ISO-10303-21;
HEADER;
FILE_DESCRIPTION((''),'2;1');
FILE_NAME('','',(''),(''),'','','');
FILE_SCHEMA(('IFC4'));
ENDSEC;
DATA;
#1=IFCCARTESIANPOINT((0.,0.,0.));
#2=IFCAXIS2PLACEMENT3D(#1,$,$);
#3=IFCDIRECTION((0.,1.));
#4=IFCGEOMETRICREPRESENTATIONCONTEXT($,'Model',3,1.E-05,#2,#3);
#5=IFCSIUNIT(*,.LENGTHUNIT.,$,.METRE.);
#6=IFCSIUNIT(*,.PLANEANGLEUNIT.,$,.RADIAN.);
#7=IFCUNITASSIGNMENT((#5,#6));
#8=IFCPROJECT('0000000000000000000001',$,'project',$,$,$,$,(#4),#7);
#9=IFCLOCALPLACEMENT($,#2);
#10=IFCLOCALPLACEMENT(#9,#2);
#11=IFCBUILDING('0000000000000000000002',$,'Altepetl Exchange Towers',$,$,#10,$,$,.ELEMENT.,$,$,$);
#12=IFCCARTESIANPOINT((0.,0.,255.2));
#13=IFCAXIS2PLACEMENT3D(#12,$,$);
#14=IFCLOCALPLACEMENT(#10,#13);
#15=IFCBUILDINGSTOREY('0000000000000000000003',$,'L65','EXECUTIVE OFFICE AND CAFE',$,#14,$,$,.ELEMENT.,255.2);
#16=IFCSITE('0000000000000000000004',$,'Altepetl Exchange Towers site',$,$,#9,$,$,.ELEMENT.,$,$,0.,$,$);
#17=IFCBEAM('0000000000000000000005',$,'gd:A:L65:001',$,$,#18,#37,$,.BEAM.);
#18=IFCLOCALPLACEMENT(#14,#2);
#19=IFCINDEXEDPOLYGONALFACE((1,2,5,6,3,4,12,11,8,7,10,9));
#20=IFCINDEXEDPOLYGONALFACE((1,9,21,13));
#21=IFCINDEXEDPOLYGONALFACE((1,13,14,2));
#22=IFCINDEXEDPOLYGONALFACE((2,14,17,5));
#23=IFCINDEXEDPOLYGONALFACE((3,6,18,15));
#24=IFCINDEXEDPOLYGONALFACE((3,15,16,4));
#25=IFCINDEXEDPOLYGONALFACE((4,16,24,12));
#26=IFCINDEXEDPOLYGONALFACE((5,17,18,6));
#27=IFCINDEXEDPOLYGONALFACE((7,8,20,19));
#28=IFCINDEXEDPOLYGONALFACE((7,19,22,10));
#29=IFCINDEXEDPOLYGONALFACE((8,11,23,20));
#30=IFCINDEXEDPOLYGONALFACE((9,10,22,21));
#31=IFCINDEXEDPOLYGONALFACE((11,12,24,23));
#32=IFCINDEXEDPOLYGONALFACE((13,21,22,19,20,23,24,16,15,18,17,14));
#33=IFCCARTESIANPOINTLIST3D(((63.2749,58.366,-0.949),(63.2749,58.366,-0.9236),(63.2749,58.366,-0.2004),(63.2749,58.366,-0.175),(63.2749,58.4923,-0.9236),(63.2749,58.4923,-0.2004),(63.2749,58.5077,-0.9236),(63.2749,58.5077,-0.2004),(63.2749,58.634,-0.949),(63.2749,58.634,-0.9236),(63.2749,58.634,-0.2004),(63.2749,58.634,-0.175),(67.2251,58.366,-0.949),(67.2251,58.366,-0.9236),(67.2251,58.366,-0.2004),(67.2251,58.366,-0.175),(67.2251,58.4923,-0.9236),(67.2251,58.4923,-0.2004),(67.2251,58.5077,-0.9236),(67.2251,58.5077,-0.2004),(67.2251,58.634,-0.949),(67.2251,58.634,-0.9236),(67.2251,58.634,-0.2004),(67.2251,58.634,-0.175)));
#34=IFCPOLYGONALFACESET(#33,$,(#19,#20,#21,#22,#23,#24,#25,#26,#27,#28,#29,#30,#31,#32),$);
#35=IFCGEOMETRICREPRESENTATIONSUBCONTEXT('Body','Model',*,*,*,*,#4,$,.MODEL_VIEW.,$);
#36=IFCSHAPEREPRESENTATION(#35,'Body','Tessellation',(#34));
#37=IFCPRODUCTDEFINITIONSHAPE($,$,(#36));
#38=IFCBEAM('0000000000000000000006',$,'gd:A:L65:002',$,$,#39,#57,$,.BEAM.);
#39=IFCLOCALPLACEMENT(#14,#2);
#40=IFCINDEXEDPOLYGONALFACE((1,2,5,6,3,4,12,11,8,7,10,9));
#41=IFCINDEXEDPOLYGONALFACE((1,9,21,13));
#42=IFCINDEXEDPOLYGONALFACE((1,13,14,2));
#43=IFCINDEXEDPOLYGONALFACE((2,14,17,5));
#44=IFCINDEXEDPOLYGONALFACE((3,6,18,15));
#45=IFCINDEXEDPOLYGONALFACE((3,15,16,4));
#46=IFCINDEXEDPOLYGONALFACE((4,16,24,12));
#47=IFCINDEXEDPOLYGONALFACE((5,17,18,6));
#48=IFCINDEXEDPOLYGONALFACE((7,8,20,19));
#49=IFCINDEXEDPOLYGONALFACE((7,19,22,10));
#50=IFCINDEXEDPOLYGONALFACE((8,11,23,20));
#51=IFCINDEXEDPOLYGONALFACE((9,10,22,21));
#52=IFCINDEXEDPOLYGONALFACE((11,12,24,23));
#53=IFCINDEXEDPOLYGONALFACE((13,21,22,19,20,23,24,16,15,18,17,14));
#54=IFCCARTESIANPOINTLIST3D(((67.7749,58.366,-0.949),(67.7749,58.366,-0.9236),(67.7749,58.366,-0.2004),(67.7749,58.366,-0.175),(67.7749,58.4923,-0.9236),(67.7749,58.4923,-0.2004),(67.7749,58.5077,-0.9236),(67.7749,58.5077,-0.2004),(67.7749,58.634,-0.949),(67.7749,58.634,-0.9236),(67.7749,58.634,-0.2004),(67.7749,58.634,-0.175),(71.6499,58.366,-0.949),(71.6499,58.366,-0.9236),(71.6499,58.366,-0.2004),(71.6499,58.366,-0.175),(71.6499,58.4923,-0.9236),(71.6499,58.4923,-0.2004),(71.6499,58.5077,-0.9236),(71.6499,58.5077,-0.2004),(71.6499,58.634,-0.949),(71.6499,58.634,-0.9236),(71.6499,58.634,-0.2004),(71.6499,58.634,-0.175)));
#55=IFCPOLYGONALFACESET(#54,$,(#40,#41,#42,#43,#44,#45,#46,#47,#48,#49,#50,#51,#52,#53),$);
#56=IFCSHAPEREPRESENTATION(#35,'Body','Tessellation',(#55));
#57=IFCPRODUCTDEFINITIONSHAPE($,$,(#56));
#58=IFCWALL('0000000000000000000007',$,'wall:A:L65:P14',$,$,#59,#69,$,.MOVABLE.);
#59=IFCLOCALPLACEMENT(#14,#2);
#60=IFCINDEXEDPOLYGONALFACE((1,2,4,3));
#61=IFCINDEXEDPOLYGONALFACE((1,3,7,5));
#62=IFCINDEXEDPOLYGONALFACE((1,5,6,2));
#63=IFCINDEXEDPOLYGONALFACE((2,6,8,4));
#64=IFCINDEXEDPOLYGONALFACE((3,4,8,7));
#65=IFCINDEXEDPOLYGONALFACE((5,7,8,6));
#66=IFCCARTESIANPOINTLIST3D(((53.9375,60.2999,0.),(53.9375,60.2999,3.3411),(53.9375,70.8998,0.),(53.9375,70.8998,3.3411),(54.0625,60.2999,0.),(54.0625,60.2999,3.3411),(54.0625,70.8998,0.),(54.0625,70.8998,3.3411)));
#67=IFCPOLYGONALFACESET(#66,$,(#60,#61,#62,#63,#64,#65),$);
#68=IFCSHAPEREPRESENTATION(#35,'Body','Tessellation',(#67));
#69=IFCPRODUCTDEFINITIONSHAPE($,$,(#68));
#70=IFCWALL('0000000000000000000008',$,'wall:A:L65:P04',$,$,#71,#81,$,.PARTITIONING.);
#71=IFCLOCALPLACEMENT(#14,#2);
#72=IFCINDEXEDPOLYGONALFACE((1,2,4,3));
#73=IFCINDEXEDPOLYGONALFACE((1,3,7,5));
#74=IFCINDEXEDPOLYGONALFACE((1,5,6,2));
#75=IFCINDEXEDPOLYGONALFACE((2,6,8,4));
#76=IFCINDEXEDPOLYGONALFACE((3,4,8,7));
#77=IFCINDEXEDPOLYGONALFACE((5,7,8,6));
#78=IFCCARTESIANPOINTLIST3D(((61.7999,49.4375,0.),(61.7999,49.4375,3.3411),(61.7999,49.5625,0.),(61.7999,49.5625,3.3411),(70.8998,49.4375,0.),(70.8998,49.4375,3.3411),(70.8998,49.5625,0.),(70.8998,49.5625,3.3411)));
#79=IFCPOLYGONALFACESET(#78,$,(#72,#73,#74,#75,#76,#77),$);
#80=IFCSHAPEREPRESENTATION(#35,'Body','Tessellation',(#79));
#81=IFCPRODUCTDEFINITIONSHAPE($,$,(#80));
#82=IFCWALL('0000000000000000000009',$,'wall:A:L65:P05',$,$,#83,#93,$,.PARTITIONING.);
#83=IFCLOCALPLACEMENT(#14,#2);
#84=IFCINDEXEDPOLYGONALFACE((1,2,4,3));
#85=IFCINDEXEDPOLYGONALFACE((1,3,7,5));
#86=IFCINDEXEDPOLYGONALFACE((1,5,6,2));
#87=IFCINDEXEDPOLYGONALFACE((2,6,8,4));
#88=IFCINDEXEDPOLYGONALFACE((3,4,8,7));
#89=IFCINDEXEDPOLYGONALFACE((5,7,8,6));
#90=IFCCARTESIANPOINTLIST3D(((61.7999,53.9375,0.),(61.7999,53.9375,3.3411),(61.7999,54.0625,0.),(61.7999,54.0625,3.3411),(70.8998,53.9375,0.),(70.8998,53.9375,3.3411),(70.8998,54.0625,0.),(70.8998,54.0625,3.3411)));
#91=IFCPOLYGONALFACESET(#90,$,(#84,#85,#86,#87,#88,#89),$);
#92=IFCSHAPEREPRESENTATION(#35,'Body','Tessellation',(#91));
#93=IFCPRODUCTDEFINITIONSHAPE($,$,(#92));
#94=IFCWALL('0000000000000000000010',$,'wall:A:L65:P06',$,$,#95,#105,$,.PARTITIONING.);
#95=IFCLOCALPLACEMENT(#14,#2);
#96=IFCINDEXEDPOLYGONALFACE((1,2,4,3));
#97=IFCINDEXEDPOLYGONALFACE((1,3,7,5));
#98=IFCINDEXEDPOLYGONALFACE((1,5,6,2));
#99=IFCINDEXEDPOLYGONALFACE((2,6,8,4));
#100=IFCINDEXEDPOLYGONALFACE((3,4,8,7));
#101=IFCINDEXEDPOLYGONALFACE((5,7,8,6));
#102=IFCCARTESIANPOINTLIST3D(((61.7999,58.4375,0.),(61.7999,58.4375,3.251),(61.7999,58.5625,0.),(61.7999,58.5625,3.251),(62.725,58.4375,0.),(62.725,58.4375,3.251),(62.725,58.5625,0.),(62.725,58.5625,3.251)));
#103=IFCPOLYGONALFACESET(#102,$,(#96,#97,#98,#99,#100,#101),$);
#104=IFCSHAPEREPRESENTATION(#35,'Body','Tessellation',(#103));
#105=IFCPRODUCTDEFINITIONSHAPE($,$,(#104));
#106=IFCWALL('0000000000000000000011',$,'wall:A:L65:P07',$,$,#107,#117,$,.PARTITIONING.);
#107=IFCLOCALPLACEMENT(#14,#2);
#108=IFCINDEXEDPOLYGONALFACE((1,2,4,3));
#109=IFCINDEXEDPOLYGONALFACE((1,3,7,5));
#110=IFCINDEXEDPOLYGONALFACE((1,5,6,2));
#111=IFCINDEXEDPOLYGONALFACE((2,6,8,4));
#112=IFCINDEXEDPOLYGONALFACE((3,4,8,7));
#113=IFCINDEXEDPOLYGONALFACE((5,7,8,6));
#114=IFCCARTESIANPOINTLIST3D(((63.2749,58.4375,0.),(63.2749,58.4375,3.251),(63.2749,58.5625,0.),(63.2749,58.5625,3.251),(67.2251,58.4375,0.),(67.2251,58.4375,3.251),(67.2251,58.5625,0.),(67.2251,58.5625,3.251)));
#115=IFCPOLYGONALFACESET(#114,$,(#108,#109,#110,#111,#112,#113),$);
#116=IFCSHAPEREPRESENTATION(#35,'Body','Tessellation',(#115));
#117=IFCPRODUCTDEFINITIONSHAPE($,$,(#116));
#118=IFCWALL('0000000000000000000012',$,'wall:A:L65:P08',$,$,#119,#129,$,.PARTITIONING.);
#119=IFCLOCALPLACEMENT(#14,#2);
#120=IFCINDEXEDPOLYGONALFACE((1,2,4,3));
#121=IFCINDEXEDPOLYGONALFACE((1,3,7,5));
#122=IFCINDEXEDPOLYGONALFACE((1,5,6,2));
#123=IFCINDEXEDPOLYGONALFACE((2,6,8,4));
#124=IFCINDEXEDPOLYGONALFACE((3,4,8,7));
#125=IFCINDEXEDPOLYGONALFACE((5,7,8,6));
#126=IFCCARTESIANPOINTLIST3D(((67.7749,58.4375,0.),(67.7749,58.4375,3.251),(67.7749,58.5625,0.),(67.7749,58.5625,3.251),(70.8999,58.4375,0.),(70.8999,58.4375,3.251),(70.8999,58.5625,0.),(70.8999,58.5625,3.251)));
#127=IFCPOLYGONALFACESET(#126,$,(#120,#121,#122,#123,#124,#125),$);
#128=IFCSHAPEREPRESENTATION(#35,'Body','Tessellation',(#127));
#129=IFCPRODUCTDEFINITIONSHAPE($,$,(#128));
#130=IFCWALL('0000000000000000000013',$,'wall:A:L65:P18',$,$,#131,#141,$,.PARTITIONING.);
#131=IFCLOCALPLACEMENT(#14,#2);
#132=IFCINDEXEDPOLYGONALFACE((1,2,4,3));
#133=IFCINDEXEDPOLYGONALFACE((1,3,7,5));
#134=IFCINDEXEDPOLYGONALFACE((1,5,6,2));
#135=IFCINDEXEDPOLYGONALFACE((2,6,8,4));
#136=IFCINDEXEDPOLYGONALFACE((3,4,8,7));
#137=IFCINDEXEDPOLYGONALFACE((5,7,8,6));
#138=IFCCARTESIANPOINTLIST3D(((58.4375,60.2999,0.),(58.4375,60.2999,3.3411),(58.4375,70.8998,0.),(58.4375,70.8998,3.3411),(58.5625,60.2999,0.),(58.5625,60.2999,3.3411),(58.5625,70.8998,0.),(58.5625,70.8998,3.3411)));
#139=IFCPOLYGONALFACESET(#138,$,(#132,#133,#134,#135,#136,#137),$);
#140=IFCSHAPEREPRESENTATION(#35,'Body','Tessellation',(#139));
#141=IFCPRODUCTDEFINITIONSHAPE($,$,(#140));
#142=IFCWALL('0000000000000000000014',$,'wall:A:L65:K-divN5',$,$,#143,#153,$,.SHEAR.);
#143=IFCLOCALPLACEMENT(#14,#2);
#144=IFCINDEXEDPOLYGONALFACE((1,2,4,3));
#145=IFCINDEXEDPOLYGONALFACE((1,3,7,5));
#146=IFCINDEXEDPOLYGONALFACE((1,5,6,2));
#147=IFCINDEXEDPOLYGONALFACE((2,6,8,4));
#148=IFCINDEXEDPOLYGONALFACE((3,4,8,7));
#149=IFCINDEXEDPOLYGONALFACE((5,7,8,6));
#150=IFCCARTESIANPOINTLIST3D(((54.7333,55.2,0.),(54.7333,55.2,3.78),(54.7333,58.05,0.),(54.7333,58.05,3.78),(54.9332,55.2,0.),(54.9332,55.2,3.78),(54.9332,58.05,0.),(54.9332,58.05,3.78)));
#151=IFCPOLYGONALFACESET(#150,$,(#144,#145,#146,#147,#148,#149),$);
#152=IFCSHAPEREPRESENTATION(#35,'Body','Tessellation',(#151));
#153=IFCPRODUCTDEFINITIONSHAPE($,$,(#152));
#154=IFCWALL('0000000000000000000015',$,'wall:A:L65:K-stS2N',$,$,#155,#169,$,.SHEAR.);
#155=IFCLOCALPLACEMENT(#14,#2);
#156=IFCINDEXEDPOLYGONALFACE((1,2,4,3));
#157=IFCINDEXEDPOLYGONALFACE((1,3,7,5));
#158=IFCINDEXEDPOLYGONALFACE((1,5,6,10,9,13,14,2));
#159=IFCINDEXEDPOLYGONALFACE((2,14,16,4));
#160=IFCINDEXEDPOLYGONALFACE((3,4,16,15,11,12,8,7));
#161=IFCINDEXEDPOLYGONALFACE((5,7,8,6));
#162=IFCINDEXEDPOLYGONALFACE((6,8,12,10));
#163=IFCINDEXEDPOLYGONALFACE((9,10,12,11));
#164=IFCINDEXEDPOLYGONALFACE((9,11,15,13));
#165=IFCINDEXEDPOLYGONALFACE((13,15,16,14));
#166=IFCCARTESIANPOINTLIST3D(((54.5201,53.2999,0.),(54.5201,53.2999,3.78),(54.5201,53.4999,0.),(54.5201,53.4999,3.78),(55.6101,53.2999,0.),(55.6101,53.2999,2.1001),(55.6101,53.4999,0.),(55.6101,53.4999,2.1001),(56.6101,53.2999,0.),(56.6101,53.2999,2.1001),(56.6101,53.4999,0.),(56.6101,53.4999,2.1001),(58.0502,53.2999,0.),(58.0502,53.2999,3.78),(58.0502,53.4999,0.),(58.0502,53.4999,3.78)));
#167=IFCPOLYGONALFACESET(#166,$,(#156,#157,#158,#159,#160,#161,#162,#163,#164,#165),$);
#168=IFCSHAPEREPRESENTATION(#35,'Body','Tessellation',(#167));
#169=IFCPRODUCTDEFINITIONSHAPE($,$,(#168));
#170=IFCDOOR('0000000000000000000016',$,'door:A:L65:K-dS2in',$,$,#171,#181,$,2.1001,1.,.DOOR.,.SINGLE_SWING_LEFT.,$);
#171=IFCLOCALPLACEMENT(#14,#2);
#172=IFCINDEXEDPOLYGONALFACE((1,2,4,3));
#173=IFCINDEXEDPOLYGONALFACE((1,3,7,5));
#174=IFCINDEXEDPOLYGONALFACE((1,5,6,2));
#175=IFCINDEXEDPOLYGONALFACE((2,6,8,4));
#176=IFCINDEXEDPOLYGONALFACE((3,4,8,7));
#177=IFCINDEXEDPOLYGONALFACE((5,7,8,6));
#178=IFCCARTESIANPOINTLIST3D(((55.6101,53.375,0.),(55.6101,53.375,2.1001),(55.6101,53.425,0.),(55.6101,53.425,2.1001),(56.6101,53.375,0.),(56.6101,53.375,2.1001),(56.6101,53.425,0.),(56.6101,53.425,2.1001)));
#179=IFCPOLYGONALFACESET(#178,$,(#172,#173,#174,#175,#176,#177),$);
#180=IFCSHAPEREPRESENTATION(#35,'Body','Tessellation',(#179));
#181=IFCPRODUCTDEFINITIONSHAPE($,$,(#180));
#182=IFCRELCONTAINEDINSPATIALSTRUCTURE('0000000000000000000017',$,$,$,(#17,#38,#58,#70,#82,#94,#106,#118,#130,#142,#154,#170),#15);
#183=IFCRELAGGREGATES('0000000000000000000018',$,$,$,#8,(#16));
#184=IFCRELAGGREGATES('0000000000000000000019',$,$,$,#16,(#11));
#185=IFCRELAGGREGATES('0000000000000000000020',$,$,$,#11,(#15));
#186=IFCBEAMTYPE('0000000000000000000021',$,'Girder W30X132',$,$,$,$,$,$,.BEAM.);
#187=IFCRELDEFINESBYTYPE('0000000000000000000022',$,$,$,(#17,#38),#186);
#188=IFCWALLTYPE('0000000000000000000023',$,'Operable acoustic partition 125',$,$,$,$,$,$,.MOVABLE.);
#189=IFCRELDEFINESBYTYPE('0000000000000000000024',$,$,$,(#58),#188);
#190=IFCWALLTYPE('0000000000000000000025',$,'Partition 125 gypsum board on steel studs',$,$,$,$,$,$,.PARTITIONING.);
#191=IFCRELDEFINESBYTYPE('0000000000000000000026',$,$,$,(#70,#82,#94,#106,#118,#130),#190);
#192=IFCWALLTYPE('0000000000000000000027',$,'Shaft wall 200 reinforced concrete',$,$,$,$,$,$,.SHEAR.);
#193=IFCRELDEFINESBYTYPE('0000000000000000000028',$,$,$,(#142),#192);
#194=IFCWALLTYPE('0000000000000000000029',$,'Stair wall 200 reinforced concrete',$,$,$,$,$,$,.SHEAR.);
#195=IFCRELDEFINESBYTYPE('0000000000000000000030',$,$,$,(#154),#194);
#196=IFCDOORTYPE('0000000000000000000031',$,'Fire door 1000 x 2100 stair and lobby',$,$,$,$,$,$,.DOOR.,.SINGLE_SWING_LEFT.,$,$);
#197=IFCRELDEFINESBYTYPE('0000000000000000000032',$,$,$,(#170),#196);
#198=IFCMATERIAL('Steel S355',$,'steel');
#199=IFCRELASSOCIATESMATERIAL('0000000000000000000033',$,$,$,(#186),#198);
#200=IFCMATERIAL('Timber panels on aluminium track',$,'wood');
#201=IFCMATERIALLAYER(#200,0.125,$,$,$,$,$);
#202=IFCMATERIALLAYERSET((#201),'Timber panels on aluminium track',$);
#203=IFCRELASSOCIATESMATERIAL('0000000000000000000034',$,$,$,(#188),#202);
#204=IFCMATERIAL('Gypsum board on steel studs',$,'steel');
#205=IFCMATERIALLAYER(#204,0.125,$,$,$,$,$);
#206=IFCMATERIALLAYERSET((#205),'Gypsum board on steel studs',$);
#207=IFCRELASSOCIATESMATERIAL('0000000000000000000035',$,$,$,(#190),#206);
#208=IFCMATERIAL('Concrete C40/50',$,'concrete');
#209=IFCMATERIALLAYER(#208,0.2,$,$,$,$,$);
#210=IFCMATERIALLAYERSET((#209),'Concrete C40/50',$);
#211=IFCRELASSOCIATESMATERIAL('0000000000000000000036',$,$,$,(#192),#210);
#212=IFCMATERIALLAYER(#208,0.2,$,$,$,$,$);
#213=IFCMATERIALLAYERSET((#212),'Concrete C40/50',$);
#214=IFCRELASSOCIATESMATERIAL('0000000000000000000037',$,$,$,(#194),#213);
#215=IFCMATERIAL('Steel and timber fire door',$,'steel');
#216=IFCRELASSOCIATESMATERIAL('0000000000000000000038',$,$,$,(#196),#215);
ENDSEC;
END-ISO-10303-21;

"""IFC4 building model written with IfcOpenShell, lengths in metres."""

from ifc_helpers import new_model, si_unit, direction, frame, frame_2d, origin, origin_2d, place, context, subcontext, project, spatial, rectangle, i_section, extrude, material, layer, layer_set, material_profile, profile_set, type_object, element, fill, save


model = new_model("IFC4")

# Units and contexts
model_context = context("Model", 3, precision=1e-05, world=origin(), true_north=direction((0.0, 1.0)))
body_context = subcontext(model_context, "Body", "Model", "MODEL_VIEW")
ifc_project = project(units=[si_unit("LENGTHUNIT", "METRE"), si_unit("PLANEANGLEUNIT", "RADIAN")], contexts=[model_context])

# Site, building, storey
site_placement = place(None, origin())
site = spatial("IfcSite", under=ifc_project, at=site_placement, Name="Altepetl Exchange Towers site", CompositionType="ELEMENT", RefElevation=0.0)
building_placement = place(site_placement, origin())
building = spatial("IfcBuilding", under=site, at=building_placement, Name="Altepetl Exchange Towers", CompositionType="ELEMENT")
storey_placement = place(building_placement, frame((0.0, 0.0, 255.2)))
storey = spatial("IfcBuildingStorey", under=building, at=storey_placement, Name="L65", Description="EXECUTIVE OFFICE AND CAFE", CompositionType="ELEMENT", Elevation=255.2)

# Beams
ifc_material_1 = material(Name="Steel S355", Category="steel")
ifc_material_profile_1 = material_profile(ifc_material_1, i_section(OverallWidth=0.2681, OverallDepth=0.7739, WebThickness=0.0154, FlangeThickness=0.0254, at=origin_2d()), Name="W30X132")
ifc_profile_set_1 = profile_set([ifc_material_profile_1], Name="Steel S355")
beam_type_1 = type_object("IfcBeamType", Name="Girder W30X132", PredefinedType="BEAM", material=ifc_profile_set_1)
beam_1_placement = place(storey_placement, frame((63.2749, 58.5, -0.562), z_axis=(1.0, 0.0, 0.0), x_axis=(0.0, 1.0, 0.0)))
element("IfcBeam", 1, at=beam_1_placement, inside=storey, type_object=beam_type_1, Name="gd:A:L65:001", PredefinedType="BEAM", context=body_context, shape_type="SweptSolid", body=[
    extrude(i_section(OverallWidth=0.2681, OverallDepth=0.7739, WebThickness=0.0154, FlangeThickness=0.0254, at=origin_2d()), origin(), (0.0, 0.0, 1.0), 3.9502),
])
beam_2_placement = place(storey_placement, frame((67.7749, 58.5, -0.562), z_axis=(1.0, 0.0, 0.0), x_axis=(0.0, 1.0, 0.0)))
element("IfcBeam", 2, at=beam_2_placement, inside=storey, type_object=beam_type_1, Name="gd:A:L65:002", PredefinedType="BEAM", context=body_context, shape_type="SweptSolid", body=[
    extrude(i_section(OverallWidth=0.2681, OverallDepth=0.7739, WebThickness=0.0154, FlangeThickness=0.0254, at=origin_2d()), origin(), (0.0, 0.0, 1.0), 3.875),
])

# Walls
ifc_material_2 = material(Name="Timber panels on aluminium track", Category="wood")
ifc_layer_1 = layer(ifc_material_2, 0.125)
ifc_layer_set_1 = layer_set([ifc_layer_1], Name="Timber panels on aluminium track")
wall_type_1 = type_object("IfcWallType", Name="Operable acoustic partition 125", PredefinedType="MOVABLE", material=ifc_layer_set_1)
wall_1_placement = place(storey_placement, frame((54.0, 60.3, 0.0), z_axis=(0.0, 0.0, 1.0), x_axis=(0.0, 1.0, 0.0)))
element("IfcWall", 3, at=wall_1_placement, inside=storey, type_object=wall_type_1, Name="wall:A:L65:P14", PredefinedType="MOVABLE", context=body_context, shape_type="SweptSolid", body=[
    extrude(rectangle(XDim=10.5999, YDim=0.125, at=frame_2d((5.2998, 0.0))), origin(), (0.0, 0.0, 1.0), 3.3411),
])
ifc_material_3 = material(Name="Gypsum board on steel studs", Category="steel")
ifc_layer_2 = layer(ifc_material_3, 0.125)
ifc_layer_set_2 = layer_set([ifc_layer_2], Name="Gypsum board on steel studs")
wall_type_2 = type_object("IfcWallType", Name="Partition 125 gypsum board on steel studs", PredefinedType="PARTITIONING", material=ifc_layer_set_2)
for number, where, name in (
    (4, (61.8, 49.5, 0.0), "wall:A:L65:P04"),
    (5, (61.8, 54.0, 0.0), "wall:A:L65:P05"),
):
    element("IfcWall", number, at=place(storey_placement, frame(where)), inside=storey, type_object=wall_type_2, Name=name, PredefinedType="PARTITIONING", context=body_context, shape_type="SweptSolid", body=[
        extrude(rectangle(XDim=9.0999, YDim=0.125, at=frame_2d((4.5498, 0.0))), origin(), (0.0, 0.0, 1.0), 3.3411),
    ])
wall_2_placement = place(storey_placement, frame((61.8, 58.5, 0.0)))
element("IfcWall", 6, at=wall_2_placement, inside=storey, type_object=wall_type_2, Name="wall:A:L65:P06", PredefinedType="PARTITIONING", context=body_context, shape_type="SweptSolid", body=[
    extrude(rectangle(XDim=0.925, YDim=0.125, at=frame_2d((0.4624, 0.0))), origin(), (0.0, 0.0, 1.0), 3.251),
])
wall_3_placement = place(storey_placement, frame((63.2749, 58.5, 0.0)))
element("IfcWall", 7, at=wall_3_placement, inside=storey, type_object=wall_type_2, Name="wall:A:L65:P07", PredefinedType="PARTITIONING", context=body_context, shape_type="SweptSolid", body=[
    extrude(rectangle(XDim=3.9502, YDim=0.125, at=frame_2d((1.9751, 0.0))), origin(), (0.0, 0.0, 1.0), 3.251),
])
wall_4_placement = place(storey_placement, frame((67.7749, 58.5, 0.0)))
element("IfcWall", 8, at=wall_4_placement, inside=storey, type_object=wall_type_2, Name="wall:A:L65:P08", PredefinedType="PARTITIONING", context=body_context, shape_type="SweptSolid", body=[
    extrude(rectangle(XDim=3.125, YDim=0.125, at=frame_2d((1.5625, 0.0))), origin(), (0.0, 0.0, 1.0), 3.251),
])
wall_5_placement = place(storey_placement, frame((58.5, 60.3, 0.0), z_axis=(0.0, 0.0, 1.0), x_axis=(0.0, 1.0, 0.0)))
element("IfcWall", 9, at=wall_5_placement, inside=storey, type_object=wall_type_2, Name="wall:A:L65:P18", PredefinedType="PARTITIONING", context=body_context, shape_type="SweptSolid", body=[
    extrude(rectangle(XDim=10.5999, YDim=0.125, at=frame_2d((5.2998, 0.0))), origin(), (0.0, 0.0, 1.0), 3.3411),
])
ifc_material_4 = material(Name="Concrete C40/50", Category="concrete")
ifc_layer_3 = layer(ifc_material_4, 0.2)
ifc_layer_set_3 = layer_set([ifc_layer_3], Name="Concrete C40/50")
wall_type_3 = type_object("IfcWallType", Name="Shaft wall 200 reinforced concrete", PredefinedType="SHEAR", material=ifc_layer_set_3)
wall_6_placement = place(storey_placement, frame((54.8333, 58.05, 0.0), z_axis=(0.0, 0.0, 1.0), x_axis=(0.0, -1.0, 0.0)))
element("IfcWall", 10, at=wall_6_placement, inside=storey, type_object=wall_type_3, Name="wall:A:L65:K-divN5", PredefinedType="SHEAR", context=body_context, shape_type="SweptSolid", body=[
    extrude(rectangle(XDim=2.8501, YDim=0.2, at=frame_2d((1.425, 0.0))), origin(), (0.0, 0.0, 1.0), 3.78),
])

# Wall, opening, door
ifc_layer_4 = layer(ifc_material_4, 0.2)
ifc_layer_set_4 = layer_set([ifc_layer_4], Name="Concrete C40/50")
wall_type_4 = type_object("IfcWallType", Name="Stair wall 200 reinforced concrete", PredefinedType="SHEAR", material=ifc_layer_set_4)
wall_7_placement = place(storey_placement, frame((54.52, 53.3999, 0.0)))
wall_7 = element("IfcWall", 11, at=wall_7_placement, inside=storey, type_object=wall_type_4, Name="wall:A:L65:K-stS2N", PredefinedType="SHEAR", context=body_context, shape_type="SweptSolid", body=[
    extrude(rectangle(XDim=3.53, YDim=0.2, at=frame_2d((1.7651, 0.0))), origin(), (0.0, 0.0, 1.0), 3.78),
])
opening_placement = place(wall_7_placement, frame((1.0901, 0.0, 0.0)))
opening = element("IfcOpeningElement", 12, at=opening_placement, cuts=wall_7, PredefinedType="OPENING", context=body_context, shape_type="SweptSolid", body=[
    extrude(rectangle(XDim=1.0, YDim=2.1001, at=frame_2d((0.5, 1.05))), frame((0.0, 0.1099, 0.0), z_axis=(0.0, -1.0, 0.0), x_axis=(1.0, 0.0, 0.0)), (0.0, 0.0, 1.0), 0.22),
])
ifc_material_5 = material(Name="Steel and timber fire door", Category="steel")
door_type = type_object("IfcDoorType", Name="Fire door 1000 x 2100 stair and lobby", OperationType="SINGLE_SWING_LEFT", PredefinedType="DOOR", material=ifc_material_5)
door_placement = place(opening_placement, frame((1.0, 0.0, 0.0), x_axis=(-1.0, 0.0, 0.0)))
door = element("IfcDoor", 13, at=door_placement, inside=storey, type_object=door_type, Name="door:A:L65:K-dS2in", OperationType="SINGLE_SWING_LEFT", OverallHeight=2.1001, OverallWidth=1.0, PredefinedType="DOOR", context=body_context, shape_type="SweptSolid", body=[
    extrude(rectangle(XDim=1.0, YDim=2.1001, at=frame_2d((0.5, 1.05))), frame((0.0, 0.0249, 0.0), z_axis=(0.0, -1.0, 0.0), x_axis=(1.0, 0.0, 0.0)), (0.0, 0.0, 1.0), 0.05),
])
fill(opening, door)

save(model, "model.ifc")
